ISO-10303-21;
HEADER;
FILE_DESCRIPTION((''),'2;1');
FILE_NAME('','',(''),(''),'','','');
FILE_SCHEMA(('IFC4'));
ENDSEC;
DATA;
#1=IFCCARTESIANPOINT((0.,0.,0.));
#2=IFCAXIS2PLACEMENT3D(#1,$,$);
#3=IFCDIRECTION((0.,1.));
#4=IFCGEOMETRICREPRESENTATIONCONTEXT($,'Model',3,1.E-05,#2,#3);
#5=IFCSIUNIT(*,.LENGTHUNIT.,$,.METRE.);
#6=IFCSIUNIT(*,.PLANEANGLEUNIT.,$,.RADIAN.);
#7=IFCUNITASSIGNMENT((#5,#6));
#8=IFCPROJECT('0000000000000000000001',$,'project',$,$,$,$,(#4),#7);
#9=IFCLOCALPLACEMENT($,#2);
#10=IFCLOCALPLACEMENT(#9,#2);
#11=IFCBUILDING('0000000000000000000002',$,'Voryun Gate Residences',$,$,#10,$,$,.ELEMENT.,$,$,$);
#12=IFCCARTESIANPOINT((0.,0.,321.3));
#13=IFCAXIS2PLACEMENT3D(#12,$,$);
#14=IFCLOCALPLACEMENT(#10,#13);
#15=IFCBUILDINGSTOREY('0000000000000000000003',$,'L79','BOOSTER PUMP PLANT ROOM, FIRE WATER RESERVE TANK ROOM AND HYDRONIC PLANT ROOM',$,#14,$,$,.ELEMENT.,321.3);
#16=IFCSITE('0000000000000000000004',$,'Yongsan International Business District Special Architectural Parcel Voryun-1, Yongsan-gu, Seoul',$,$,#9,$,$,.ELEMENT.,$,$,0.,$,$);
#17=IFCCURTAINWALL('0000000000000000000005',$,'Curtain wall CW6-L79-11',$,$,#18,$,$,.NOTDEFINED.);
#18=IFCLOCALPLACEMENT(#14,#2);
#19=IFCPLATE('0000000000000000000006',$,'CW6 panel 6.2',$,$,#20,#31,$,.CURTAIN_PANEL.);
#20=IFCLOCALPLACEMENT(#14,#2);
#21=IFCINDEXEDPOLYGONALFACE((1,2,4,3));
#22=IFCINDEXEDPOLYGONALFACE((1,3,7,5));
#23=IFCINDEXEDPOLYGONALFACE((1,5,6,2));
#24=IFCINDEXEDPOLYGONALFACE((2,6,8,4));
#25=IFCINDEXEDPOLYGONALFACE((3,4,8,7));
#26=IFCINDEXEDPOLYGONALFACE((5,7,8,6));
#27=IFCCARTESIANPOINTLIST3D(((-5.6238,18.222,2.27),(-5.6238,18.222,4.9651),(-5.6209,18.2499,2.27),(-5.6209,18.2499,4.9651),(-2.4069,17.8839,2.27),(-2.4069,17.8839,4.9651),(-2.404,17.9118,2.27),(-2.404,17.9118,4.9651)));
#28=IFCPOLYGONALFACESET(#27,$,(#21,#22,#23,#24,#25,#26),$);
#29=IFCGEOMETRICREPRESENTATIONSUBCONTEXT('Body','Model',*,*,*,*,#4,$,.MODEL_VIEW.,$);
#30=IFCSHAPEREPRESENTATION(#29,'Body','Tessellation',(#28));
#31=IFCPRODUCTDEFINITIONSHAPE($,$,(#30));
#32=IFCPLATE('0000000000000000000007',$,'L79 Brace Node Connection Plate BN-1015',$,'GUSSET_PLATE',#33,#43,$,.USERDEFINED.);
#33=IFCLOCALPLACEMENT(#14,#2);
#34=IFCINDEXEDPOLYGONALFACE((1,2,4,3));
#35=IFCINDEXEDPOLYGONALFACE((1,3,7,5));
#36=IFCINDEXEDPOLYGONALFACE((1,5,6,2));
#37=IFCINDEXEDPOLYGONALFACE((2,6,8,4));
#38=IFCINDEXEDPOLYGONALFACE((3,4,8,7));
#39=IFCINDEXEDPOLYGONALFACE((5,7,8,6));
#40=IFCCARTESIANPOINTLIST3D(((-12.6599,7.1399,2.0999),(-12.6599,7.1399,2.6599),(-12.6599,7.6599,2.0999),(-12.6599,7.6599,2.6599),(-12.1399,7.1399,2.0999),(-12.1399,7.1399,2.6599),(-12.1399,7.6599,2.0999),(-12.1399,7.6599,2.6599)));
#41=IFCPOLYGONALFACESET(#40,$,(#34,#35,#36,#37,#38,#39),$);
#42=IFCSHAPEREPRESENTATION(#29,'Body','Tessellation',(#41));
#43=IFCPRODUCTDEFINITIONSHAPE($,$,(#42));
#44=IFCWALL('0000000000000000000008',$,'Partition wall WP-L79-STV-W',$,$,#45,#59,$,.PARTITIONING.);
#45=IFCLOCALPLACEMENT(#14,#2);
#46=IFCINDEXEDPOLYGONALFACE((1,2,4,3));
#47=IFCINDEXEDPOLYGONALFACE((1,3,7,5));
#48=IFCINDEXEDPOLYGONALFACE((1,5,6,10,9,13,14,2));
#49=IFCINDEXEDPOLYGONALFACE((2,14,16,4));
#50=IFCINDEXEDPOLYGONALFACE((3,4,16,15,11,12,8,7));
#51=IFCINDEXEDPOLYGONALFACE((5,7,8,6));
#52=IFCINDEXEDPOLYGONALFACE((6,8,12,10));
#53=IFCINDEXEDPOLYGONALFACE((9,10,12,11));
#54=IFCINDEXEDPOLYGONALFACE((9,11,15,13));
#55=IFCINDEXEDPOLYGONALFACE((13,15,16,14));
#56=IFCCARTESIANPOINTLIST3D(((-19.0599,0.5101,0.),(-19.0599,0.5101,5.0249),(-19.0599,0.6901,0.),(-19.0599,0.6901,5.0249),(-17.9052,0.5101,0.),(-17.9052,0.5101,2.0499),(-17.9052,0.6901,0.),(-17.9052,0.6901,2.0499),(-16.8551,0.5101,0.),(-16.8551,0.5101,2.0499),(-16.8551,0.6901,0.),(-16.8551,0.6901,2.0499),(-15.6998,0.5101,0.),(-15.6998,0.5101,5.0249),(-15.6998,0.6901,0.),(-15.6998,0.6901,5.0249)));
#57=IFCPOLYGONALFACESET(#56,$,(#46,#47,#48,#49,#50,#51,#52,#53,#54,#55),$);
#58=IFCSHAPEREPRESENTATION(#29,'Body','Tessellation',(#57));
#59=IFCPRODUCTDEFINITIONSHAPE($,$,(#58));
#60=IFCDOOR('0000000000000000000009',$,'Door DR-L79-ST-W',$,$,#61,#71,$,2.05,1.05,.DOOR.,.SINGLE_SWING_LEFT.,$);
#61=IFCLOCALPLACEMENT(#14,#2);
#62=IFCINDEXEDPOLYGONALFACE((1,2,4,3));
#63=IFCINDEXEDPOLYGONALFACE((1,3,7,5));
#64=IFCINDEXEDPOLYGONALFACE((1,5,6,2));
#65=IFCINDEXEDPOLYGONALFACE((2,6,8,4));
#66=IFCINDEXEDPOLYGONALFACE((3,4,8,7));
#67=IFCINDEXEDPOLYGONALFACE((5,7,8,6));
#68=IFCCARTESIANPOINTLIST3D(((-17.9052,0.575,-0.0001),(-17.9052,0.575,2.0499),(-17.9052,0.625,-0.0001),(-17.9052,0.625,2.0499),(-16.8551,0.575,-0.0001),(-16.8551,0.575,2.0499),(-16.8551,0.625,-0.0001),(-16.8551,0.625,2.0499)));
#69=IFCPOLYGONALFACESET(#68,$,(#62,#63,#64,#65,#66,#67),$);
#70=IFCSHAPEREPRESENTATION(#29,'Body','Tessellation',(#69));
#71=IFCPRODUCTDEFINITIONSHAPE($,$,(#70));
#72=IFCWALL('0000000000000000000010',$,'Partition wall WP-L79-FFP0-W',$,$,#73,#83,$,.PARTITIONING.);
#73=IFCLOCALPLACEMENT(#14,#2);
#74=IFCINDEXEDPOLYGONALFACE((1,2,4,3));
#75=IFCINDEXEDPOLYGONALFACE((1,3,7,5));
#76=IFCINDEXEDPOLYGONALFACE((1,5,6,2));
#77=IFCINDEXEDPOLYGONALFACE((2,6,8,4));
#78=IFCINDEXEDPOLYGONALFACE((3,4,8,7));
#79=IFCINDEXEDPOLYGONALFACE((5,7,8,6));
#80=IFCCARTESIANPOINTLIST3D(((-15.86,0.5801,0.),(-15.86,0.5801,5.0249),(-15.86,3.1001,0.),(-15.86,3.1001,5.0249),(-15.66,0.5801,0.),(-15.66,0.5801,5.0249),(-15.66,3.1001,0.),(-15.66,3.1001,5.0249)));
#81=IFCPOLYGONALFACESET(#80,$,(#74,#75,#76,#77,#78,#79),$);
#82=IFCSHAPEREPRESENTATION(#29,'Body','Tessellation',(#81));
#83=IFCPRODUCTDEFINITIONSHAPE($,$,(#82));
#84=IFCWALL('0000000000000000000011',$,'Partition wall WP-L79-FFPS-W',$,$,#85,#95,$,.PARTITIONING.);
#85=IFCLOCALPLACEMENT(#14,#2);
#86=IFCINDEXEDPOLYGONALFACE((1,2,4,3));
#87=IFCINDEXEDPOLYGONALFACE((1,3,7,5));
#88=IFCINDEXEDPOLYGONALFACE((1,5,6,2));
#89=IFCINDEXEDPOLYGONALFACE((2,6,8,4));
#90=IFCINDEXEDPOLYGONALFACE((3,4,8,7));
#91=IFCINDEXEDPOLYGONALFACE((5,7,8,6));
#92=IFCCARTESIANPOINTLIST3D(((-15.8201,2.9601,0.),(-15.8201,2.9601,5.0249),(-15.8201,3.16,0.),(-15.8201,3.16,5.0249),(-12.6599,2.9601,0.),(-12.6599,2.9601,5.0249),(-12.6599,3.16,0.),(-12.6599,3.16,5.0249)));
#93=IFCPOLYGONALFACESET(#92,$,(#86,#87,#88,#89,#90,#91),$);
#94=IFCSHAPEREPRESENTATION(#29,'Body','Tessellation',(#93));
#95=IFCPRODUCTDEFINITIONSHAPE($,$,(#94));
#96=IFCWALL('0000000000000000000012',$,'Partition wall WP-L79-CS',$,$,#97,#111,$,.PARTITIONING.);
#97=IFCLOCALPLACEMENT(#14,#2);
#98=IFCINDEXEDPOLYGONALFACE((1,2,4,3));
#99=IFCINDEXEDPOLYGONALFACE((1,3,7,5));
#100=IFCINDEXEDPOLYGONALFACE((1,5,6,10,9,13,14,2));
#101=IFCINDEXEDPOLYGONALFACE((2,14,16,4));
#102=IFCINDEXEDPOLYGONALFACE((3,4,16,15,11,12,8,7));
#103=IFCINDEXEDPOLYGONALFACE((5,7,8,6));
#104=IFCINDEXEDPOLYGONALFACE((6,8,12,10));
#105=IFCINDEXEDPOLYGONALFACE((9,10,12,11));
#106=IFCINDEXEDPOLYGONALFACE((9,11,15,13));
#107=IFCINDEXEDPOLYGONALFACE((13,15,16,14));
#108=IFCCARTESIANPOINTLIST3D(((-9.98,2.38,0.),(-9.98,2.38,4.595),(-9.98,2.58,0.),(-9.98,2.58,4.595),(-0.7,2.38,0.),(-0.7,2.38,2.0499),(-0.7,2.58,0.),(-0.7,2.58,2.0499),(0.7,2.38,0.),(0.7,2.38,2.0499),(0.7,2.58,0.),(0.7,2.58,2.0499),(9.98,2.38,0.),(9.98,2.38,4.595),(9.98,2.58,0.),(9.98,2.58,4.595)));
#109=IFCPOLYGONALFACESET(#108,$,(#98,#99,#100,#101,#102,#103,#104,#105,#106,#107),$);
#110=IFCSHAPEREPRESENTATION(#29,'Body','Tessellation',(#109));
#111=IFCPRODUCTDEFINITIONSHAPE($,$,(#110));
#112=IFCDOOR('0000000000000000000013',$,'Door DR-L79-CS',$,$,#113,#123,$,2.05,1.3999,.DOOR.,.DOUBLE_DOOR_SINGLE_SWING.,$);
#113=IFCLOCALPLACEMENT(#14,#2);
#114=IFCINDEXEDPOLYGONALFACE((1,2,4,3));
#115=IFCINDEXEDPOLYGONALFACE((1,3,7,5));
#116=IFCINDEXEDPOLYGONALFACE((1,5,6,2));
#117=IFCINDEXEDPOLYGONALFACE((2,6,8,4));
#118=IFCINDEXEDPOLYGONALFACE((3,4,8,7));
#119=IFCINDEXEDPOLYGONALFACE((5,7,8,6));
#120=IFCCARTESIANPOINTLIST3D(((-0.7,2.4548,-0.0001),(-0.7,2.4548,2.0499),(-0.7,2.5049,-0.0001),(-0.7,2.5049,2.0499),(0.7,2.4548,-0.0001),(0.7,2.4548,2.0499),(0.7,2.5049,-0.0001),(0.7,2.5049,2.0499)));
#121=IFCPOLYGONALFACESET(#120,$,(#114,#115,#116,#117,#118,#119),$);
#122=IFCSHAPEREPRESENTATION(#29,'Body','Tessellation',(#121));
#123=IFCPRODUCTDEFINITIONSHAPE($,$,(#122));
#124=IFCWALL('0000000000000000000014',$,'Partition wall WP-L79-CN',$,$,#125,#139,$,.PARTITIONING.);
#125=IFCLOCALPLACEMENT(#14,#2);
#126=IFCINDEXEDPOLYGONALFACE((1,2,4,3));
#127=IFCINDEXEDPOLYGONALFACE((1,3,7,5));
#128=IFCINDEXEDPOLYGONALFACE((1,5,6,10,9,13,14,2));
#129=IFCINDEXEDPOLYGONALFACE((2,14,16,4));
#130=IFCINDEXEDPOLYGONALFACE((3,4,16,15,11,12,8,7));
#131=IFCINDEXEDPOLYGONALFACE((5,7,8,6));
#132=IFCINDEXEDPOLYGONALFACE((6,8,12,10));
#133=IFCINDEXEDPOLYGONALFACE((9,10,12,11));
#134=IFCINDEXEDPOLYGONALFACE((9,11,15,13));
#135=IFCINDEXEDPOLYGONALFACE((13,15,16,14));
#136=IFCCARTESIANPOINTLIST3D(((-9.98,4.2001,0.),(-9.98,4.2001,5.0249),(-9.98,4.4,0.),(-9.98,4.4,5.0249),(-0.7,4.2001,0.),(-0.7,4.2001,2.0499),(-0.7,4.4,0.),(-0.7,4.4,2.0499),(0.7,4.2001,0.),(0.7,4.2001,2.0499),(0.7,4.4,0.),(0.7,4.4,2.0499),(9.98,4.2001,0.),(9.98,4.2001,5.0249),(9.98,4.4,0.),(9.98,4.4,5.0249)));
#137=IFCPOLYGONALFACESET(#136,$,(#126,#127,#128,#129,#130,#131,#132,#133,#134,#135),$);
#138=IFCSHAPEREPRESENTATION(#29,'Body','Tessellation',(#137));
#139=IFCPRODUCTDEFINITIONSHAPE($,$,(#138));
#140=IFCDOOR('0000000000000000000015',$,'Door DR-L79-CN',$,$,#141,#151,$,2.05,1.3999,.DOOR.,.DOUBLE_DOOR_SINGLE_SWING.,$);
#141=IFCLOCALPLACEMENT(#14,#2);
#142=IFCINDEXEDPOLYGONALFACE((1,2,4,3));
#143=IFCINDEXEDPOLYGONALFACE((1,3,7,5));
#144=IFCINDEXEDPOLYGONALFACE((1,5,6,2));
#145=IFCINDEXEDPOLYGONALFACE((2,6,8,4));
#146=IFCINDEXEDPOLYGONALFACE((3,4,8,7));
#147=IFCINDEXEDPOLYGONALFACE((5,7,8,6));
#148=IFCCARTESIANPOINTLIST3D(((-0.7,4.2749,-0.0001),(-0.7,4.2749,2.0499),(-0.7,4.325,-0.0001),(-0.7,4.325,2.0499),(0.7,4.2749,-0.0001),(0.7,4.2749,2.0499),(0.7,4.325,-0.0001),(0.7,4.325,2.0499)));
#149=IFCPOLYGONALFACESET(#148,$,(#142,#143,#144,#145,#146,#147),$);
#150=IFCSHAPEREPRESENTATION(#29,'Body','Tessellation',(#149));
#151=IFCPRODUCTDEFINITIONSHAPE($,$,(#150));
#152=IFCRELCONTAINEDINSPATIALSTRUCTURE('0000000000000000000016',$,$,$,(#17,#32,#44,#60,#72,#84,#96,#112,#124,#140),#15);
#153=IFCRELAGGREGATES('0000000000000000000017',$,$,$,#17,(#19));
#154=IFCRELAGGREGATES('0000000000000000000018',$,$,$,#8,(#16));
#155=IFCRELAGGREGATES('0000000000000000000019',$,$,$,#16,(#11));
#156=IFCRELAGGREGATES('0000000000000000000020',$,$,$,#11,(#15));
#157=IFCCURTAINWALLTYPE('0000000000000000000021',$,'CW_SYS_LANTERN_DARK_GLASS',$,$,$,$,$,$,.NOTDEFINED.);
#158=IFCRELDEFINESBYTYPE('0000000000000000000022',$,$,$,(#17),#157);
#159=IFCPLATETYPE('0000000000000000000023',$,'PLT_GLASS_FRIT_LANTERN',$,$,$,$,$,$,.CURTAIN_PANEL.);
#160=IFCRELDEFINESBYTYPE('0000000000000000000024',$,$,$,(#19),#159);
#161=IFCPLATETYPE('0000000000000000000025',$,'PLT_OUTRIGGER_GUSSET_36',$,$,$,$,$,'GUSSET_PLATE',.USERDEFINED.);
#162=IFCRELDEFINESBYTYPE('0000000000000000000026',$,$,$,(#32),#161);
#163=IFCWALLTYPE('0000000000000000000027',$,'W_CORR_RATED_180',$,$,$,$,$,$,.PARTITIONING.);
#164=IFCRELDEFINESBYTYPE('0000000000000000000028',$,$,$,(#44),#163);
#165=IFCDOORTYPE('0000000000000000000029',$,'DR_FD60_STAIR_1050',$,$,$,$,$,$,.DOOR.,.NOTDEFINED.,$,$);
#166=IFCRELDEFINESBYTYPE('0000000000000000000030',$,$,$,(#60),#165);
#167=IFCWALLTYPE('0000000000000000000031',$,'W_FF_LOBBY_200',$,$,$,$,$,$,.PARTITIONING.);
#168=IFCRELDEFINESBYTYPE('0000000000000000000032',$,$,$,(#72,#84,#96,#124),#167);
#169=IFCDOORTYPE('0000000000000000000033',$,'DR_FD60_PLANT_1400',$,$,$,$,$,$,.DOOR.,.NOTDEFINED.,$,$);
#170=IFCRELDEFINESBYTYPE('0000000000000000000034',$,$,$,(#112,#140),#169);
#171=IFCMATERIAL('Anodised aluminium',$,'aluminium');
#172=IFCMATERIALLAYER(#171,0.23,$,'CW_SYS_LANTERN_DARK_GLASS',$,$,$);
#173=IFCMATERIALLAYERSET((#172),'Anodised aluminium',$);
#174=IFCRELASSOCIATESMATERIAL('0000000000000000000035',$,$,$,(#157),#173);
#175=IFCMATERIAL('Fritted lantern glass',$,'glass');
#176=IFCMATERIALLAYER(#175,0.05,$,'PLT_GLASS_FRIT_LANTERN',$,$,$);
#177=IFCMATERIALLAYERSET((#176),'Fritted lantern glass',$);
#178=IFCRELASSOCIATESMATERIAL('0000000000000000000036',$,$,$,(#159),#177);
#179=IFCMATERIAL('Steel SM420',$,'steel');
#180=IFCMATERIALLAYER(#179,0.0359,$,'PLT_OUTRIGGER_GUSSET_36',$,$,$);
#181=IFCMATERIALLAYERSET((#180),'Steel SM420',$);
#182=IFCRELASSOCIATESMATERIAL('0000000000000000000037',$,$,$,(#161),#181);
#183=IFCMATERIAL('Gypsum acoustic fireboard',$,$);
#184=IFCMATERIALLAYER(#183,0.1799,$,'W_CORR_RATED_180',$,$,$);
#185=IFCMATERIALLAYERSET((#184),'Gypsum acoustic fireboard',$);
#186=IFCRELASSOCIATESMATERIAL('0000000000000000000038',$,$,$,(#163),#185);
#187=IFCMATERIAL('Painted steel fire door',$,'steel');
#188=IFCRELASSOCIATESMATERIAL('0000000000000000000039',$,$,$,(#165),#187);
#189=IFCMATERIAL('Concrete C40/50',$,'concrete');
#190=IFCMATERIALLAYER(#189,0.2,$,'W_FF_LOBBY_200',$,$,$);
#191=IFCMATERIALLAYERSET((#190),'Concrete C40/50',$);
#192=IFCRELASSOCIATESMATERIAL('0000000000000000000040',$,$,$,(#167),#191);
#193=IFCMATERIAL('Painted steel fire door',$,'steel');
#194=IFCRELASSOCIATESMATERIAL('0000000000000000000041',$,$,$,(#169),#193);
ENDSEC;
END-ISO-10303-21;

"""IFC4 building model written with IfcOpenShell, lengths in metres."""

from ifc_helpers import new_model, si_unit, direction, frame, frame_2d, origin, origin_2d, place, context, subcontext, project, spatial, rectangle, extrude, material, layer, layer_set, type_object, element, fill, aggregate, save


model = new_model("IFC4")

# Units and contexts
model_context = context("Model", 3, precision=1e-05, world=origin(), true_north=direction((0.0, 1.0)))
body_context = subcontext(model_context, "Body", "Model", "MODEL_VIEW")
ifc_project = project(units=[si_unit("LENGTHUNIT", "METRE"), si_unit("PLANEANGLEUNIT", "RADIAN")], contexts=[model_context])

# Site, building, storey
site_placement = place(None, origin())
site = spatial("IfcSite", under=ifc_project, at=site_placement, Name="Yongsan International Business District Special Architectural Parcel Voryun-1, Yongsan-gu, Seoul", CompositionType="ELEMENT", RefElevation=0.0)
building_placement = place(site_placement, origin())
building = spatial("IfcBuilding", under=site, at=building_placement, Name="Voryun Gate Residences", CompositionType="ELEMENT")
storey_placement = place(building_placement, frame((0.0, 0.0, 321.3)))
storey = spatial("IfcBuildingStorey", under=building, at=storey_placement, Name="L79", Description="BOOSTER PUMP PLANT ROOM, FIRE WATER RESERVE TANK ROOM AND HYDRONIC PLANT ROOM", CompositionType="ELEMENT", Elevation=321.3)

# Curtain wall, plate
ifc_material_1 = material(Name="Anodised aluminium", Category="aluminium")
ifc_layer_1 = layer(ifc_material_1, 0.23, Name="CW_SYS_LANTERN_DARK_GLASS")
ifc_layer_set_1 = layer_set([ifc_layer_1], Name="Anodised aluminium")
curtain_wall_type = type_object("IfcCurtainWallType", Name="CW_SYS_LANTERN_DARK_GLASS", PredefinedType="NOTDEFINED", material=ifc_layer_set_1)
curtain_wall_placement = place(storey_placement, origin())
curtain_wall = element("IfcCurtainWall", 1, at=curtain_wall_placement, inside=storey, type_object=curtain_wall_type, Name="Curtain wall CW6-L79-11", PredefinedType="NOTDEFINED")
ifc_material_2 = material(Name="Fritted lantern glass", Category="glass")
ifc_layer_2 = layer(ifc_material_2, 0.05, Name="PLT_GLASS_FRIT_LANTERN")
ifc_layer_set_2 = layer_set([ifc_layer_2], Name="Fritted lantern glass")
plate_type_1 = type_object("IfcPlateType", Name="PLT_GLASS_FRIT_LANTERN", PredefinedType="CURTAIN_PANEL", material=ifc_layer_set_2)
plate_1_placement = place(storey_placement, frame((-4.0139, 18.0669, 2.27), z_axis=(0.0, 0.0, 1.0), x_axis=(0.994522, -0.104528, 0.0)))
plate_1 = element("IfcPlate", 2, at=plate_1_placement, type_object=plate_type_1, Name="CW6 panel 6.2", PredefinedType="CURTAIN_PANEL", context=body_context, shape_type="SweptSolid", body=[
    extrude(rectangle(XDim=3.2346, YDim=0.0281, at=origin_2d()), origin(), (0.0, 0.0, 1.0), 2.6951),
])
aggregate(curtain_wall, [plate_1])

# Plate
ifc_material_3 = material(Name="Steel SM420", Category="steel")
ifc_layer_3 = layer(ifc_material_3, 0.0359, Name="PLT_OUTRIGGER_GUSSET_36")
ifc_layer_set_3 = layer_set([ifc_layer_3], Name="Steel SM420")
plate_type_2 = type_object("IfcPlateType", Name="PLT_OUTRIGGER_GUSSET_36", ElementType="GUSSET_PLATE", PredefinedType="USERDEFINED", material=ifc_layer_set_3)
plate_2_placement = place(storey_placement, frame((-12.3999, 7.3999, 2.0999), z_axis=(0.0, 0.0, 1.0), x_axis=(1.0, 0.0, 0.0)))
element("IfcPlate", 3, at=plate_2_placement, inside=storey, type_object=plate_type_2, Name="L79 Brace Node Connection Plate BN-1015", ObjectType="GUSSET_PLATE", PredefinedType="USERDEFINED", context=body_context, shape_type="SweptSolid", body=[
    extrude(rectangle(XDim=0.52, YDim=0.52, at=origin_2d()), origin(), (0.0, 0.0, 1.0), 0.5601),
])

# Wall, opening, door
ifc_material_4 = material(Name="Gypsum acoustic fireboard")
ifc_layer_4 = layer(ifc_material_4, 0.1799, Name="W_CORR_RATED_180")
ifc_layer_set_4 = layer_set([ifc_layer_4], Name="Gypsum acoustic fireboard")
wall_type_1 = type_object("IfcWallType", Name="W_CORR_RATED_180", PredefinedType="PARTITIONING", material=ifc_layer_set_4)
wall_1_placement = place(storey_placement, frame((-19.0601, 0.6001, 0.0), z_axis=(0.0, 0.0, 1.0), x_axis=(1.0, 0.0, 0.0)))
wall_1 = element("IfcWall", 4, at=wall_1_placement, inside=storey, type_object=wall_type_1, Name="Partition wall WP-L79-STV-W", PredefinedType="PARTITIONING", context=body_context, shape_type="SweptSolid", body=[
    extrude(rectangle(XDim=3.3601, YDim=0.1799, at=frame_2d((1.6802, 0.0))), origin(), (0.0, 0.0, 1.0), 5.0249),
])
opening_1_placement = place(wall_1_placement, frame((1.155, 0.0, 0.0)))
opening_1 = element("IfcOpeningElement", 5, at=opening_1_placement, cuts=wall_1, PredefinedType="OPENING", context=body_context, shape_type="SweptSolid", body=[
    extrude(rectangle(XDim=1.05, YDim=2.05, at=frame_2d((0.5249, 1.0249))), frame((0.0, 0.0999, 0.0), z_axis=(0.0, -1.0, 0.0), x_axis=(1.0, 0.0, 0.0)), (0.0, 0.0, 1.0), 0.2),
])
ifc_material_5 = material(Name="Painted steel fire door", Category="steel")
door_type_1 = type_object("IfcDoorType", Name="DR_FD60_STAIR_1050", OperationType="NOTDEFINED", PredefinedType="DOOR", material=ifc_material_5)
door_1_placement = place(opening_1_placement, origin())
door_1 = element("IfcDoor", 6, at=door_1_placement, inside=storey, type_object=door_type_1, Name="Door DR-L79-ST-W", OperationType="SINGLE_SWING_LEFT", OverallHeight=2.05, OverallWidth=1.05, PredefinedType="DOOR", context=body_context, shape_type="SweptSolid", body=[
    extrude(rectangle(XDim=1.05, YDim=2.05, at=frame_2d((0.5249, 1.0249))), frame((0.0, 0.0249, 0.0), z_axis=(0.0, -1.0, 0.0), x_axis=(1.0, 0.0, 0.0)), (0.0, 0.0, 1.0), 0.05),
])
fill(opening_1, door_1)

# Walls
ifc_material_6 = material(Name="Concrete C40/50", Category="concrete")
ifc_layer_5 = layer(ifc_material_6, 0.2, Name="W_FF_LOBBY_200")
ifc_layer_set_5 = layer_set([ifc_layer_5], Name="Concrete C40/50")
wall_type_2 = type_object("IfcWallType", Name="W_FF_LOBBY_200", PredefinedType="PARTITIONING", material=ifc_layer_set_5)
wall_2_placement = place(storey_placement, frame((-15.76, 0.5801, 0.0), z_axis=(0.0, 0.0, 1.0), x_axis=(0.0, 1.0, 0.0)))
element("IfcWall", 7, at=wall_2_placement, inside=storey, type_object=wall_type_2, Name="Partition wall WP-L79-FFP0-W", PredefinedType="PARTITIONING", context=body_context, shape_type="SweptSolid", body=[
    extrude(rectangle(XDim=2.52, YDim=0.2, at=frame_2d((1.26, 0.0))), origin(), (0.0, 0.0, 1.0), 5.0249),
])
wall_3_placement = place(storey_placement, frame((-15.8201, 3.0601, 0.0), z_axis=(0.0, 0.0, 1.0), x_axis=(1.0, 0.0, 0.0)))
element("IfcWall", 8, at=wall_3_placement, inside=storey, type_object=wall_type_2, Name="Partition wall WP-L79-FFPS-W", PredefinedType="PARTITIONING", context=body_context, shape_type="SweptSolid", body=[
    extrude(rectangle(XDim=3.1602, YDim=0.2, at=frame_2d((1.5801, 0.0))), origin(), (0.0, 0.0, 1.0), 5.0249),
])

# Walls, openings, doors
wall_4_placement = place(storey_placement, frame((-9.98, 2.48, 0.0), z_axis=(0.0, 0.0, 1.0), x_axis=(1.0, 0.0, 0.0)))
wall_4 = element("IfcWall", 9, at=wall_4_placement, inside=storey, type_object=wall_type_2, Name="Partition wall WP-L79-CS", PredefinedType="PARTITIONING", context=body_context, shape_type="SweptSolid", body=[
    extrude(rectangle(XDim=19.96, YDim=0.2, at=frame_2d((9.98, 0.0))), origin(), (0.0, 0.0, 1.0), 4.595),
])
opening_2_placement = place(wall_4_placement, frame((9.28, 0.0, 0.0)))
opening_2 = element("IfcOpeningElement", 10, at=opening_2_placement, cuts=wall_4, PredefinedType="OPENING", context=body_context, shape_type="SweptSolid", body=[
    extrude(rectangle(XDim=1.3999, YDim=2.05, at=frame_2d((0.7, 1.0249))), frame((0.0, 0.1101, 0.0), z_axis=(0.0, -1.0, 0.0), x_axis=(1.0, 0.0, 0.0)), (0.0, 0.0, 1.0), 0.22),
])
ifc_material_7 = material(Name="Painted steel fire door", Category="steel")
door_type_2 = type_object("IfcDoorType", Name="DR_FD60_PLANT_1400", OperationType="NOTDEFINED", PredefinedType="DOOR", material=ifc_material_7)
door_2_placement = place(opening_2_placement, origin())
door_2 = element("IfcDoor", 11, at=door_2_placement, inside=storey, type_object=door_type_2, Name="Door DR-L79-CS", OperationType="DOUBLE_DOOR_SINGLE_SWING", OverallHeight=2.05, OverallWidth=1.3999, PredefinedType="DOOR", context=body_context, shape_type="SweptSolid", body=[
    extrude(rectangle(XDim=1.3999, YDim=2.05, at=frame_2d((0.7, 1.0249))), frame((0.0, 0.0249, 0.0), z_axis=(0.0, -1.0, 0.0), x_axis=(1.0, 0.0, 0.0)), (0.0, 0.0, 1.0), 0.05),
])
fill(opening_2, door_2)
wall_5_placement = place(storey_placement, frame((-9.98, 4.3, 0.0), z_axis=(0.0, 0.0, 1.0), x_axis=(1.0, 0.0, 0.0)))
wall_5 = element("IfcWall", 12, at=wall_5_placement, inside=storey, type_object=wall_type_2, Name="Partition wall WP-L79-CN", PredefinedType="PARTITIONING", context=body_context, shape_type="SweptSolid", body=[
    extrude(rectangle(XDim=19.96, YDim=0.2, at=frame_2d((9.98, 0.0))), origin(), (0.0, 0.0, 1.0), 5.0249),
])
opening_3_placement = place(wall_5_placement, frame((9.28, 0.0, 0.0)))
opening_3 = element("IfcOpeningElement", 13, at=opening_3_placement, cuts=wall_5, PredefinedType="OPENING", context=body_context, shape_type="SweptSolid", body=[
    extrude(rectangle(XDim=1.3999, YDim=2.05, at=frame_2d((0.7, 1.0249))), frame((0.0, 0.1101, 0.0), z_axis=(0.0, -1.0, 0.0), x_axis=(1.0, 0.0, 0.0)), (0.0, 0.0, 1.0), 0.22),
])
door_3_placement = place(opening_3_placement, origin())
door_3 = element("IfcDoor", 14, at=door_3_placement, inside=storey, type_object=door_type_2, Name="Door DR-L79-CN", OperationType="DOUBLE_DOOR_SINGLE_SWING", OverallHeight=2.05, OverallWidth=1.3999, PredefinedType="DOOR", context=body_context, shape_type="SweptSolid", body=[
    extrude(rectangle(XDim=1.3999, YDim=2.05, at=frame_2d((0.7, 1.0249))), frame((0.0, 0.0249, 0.0), z_axis=(0.0, -1.0, 0.0), x_axis=(1.0, 0.0, 0.0)), (0.0, 0.0, 1.0), 0.05),
])
fill(opening_3, door_3)

save(model, "model.ifc")
